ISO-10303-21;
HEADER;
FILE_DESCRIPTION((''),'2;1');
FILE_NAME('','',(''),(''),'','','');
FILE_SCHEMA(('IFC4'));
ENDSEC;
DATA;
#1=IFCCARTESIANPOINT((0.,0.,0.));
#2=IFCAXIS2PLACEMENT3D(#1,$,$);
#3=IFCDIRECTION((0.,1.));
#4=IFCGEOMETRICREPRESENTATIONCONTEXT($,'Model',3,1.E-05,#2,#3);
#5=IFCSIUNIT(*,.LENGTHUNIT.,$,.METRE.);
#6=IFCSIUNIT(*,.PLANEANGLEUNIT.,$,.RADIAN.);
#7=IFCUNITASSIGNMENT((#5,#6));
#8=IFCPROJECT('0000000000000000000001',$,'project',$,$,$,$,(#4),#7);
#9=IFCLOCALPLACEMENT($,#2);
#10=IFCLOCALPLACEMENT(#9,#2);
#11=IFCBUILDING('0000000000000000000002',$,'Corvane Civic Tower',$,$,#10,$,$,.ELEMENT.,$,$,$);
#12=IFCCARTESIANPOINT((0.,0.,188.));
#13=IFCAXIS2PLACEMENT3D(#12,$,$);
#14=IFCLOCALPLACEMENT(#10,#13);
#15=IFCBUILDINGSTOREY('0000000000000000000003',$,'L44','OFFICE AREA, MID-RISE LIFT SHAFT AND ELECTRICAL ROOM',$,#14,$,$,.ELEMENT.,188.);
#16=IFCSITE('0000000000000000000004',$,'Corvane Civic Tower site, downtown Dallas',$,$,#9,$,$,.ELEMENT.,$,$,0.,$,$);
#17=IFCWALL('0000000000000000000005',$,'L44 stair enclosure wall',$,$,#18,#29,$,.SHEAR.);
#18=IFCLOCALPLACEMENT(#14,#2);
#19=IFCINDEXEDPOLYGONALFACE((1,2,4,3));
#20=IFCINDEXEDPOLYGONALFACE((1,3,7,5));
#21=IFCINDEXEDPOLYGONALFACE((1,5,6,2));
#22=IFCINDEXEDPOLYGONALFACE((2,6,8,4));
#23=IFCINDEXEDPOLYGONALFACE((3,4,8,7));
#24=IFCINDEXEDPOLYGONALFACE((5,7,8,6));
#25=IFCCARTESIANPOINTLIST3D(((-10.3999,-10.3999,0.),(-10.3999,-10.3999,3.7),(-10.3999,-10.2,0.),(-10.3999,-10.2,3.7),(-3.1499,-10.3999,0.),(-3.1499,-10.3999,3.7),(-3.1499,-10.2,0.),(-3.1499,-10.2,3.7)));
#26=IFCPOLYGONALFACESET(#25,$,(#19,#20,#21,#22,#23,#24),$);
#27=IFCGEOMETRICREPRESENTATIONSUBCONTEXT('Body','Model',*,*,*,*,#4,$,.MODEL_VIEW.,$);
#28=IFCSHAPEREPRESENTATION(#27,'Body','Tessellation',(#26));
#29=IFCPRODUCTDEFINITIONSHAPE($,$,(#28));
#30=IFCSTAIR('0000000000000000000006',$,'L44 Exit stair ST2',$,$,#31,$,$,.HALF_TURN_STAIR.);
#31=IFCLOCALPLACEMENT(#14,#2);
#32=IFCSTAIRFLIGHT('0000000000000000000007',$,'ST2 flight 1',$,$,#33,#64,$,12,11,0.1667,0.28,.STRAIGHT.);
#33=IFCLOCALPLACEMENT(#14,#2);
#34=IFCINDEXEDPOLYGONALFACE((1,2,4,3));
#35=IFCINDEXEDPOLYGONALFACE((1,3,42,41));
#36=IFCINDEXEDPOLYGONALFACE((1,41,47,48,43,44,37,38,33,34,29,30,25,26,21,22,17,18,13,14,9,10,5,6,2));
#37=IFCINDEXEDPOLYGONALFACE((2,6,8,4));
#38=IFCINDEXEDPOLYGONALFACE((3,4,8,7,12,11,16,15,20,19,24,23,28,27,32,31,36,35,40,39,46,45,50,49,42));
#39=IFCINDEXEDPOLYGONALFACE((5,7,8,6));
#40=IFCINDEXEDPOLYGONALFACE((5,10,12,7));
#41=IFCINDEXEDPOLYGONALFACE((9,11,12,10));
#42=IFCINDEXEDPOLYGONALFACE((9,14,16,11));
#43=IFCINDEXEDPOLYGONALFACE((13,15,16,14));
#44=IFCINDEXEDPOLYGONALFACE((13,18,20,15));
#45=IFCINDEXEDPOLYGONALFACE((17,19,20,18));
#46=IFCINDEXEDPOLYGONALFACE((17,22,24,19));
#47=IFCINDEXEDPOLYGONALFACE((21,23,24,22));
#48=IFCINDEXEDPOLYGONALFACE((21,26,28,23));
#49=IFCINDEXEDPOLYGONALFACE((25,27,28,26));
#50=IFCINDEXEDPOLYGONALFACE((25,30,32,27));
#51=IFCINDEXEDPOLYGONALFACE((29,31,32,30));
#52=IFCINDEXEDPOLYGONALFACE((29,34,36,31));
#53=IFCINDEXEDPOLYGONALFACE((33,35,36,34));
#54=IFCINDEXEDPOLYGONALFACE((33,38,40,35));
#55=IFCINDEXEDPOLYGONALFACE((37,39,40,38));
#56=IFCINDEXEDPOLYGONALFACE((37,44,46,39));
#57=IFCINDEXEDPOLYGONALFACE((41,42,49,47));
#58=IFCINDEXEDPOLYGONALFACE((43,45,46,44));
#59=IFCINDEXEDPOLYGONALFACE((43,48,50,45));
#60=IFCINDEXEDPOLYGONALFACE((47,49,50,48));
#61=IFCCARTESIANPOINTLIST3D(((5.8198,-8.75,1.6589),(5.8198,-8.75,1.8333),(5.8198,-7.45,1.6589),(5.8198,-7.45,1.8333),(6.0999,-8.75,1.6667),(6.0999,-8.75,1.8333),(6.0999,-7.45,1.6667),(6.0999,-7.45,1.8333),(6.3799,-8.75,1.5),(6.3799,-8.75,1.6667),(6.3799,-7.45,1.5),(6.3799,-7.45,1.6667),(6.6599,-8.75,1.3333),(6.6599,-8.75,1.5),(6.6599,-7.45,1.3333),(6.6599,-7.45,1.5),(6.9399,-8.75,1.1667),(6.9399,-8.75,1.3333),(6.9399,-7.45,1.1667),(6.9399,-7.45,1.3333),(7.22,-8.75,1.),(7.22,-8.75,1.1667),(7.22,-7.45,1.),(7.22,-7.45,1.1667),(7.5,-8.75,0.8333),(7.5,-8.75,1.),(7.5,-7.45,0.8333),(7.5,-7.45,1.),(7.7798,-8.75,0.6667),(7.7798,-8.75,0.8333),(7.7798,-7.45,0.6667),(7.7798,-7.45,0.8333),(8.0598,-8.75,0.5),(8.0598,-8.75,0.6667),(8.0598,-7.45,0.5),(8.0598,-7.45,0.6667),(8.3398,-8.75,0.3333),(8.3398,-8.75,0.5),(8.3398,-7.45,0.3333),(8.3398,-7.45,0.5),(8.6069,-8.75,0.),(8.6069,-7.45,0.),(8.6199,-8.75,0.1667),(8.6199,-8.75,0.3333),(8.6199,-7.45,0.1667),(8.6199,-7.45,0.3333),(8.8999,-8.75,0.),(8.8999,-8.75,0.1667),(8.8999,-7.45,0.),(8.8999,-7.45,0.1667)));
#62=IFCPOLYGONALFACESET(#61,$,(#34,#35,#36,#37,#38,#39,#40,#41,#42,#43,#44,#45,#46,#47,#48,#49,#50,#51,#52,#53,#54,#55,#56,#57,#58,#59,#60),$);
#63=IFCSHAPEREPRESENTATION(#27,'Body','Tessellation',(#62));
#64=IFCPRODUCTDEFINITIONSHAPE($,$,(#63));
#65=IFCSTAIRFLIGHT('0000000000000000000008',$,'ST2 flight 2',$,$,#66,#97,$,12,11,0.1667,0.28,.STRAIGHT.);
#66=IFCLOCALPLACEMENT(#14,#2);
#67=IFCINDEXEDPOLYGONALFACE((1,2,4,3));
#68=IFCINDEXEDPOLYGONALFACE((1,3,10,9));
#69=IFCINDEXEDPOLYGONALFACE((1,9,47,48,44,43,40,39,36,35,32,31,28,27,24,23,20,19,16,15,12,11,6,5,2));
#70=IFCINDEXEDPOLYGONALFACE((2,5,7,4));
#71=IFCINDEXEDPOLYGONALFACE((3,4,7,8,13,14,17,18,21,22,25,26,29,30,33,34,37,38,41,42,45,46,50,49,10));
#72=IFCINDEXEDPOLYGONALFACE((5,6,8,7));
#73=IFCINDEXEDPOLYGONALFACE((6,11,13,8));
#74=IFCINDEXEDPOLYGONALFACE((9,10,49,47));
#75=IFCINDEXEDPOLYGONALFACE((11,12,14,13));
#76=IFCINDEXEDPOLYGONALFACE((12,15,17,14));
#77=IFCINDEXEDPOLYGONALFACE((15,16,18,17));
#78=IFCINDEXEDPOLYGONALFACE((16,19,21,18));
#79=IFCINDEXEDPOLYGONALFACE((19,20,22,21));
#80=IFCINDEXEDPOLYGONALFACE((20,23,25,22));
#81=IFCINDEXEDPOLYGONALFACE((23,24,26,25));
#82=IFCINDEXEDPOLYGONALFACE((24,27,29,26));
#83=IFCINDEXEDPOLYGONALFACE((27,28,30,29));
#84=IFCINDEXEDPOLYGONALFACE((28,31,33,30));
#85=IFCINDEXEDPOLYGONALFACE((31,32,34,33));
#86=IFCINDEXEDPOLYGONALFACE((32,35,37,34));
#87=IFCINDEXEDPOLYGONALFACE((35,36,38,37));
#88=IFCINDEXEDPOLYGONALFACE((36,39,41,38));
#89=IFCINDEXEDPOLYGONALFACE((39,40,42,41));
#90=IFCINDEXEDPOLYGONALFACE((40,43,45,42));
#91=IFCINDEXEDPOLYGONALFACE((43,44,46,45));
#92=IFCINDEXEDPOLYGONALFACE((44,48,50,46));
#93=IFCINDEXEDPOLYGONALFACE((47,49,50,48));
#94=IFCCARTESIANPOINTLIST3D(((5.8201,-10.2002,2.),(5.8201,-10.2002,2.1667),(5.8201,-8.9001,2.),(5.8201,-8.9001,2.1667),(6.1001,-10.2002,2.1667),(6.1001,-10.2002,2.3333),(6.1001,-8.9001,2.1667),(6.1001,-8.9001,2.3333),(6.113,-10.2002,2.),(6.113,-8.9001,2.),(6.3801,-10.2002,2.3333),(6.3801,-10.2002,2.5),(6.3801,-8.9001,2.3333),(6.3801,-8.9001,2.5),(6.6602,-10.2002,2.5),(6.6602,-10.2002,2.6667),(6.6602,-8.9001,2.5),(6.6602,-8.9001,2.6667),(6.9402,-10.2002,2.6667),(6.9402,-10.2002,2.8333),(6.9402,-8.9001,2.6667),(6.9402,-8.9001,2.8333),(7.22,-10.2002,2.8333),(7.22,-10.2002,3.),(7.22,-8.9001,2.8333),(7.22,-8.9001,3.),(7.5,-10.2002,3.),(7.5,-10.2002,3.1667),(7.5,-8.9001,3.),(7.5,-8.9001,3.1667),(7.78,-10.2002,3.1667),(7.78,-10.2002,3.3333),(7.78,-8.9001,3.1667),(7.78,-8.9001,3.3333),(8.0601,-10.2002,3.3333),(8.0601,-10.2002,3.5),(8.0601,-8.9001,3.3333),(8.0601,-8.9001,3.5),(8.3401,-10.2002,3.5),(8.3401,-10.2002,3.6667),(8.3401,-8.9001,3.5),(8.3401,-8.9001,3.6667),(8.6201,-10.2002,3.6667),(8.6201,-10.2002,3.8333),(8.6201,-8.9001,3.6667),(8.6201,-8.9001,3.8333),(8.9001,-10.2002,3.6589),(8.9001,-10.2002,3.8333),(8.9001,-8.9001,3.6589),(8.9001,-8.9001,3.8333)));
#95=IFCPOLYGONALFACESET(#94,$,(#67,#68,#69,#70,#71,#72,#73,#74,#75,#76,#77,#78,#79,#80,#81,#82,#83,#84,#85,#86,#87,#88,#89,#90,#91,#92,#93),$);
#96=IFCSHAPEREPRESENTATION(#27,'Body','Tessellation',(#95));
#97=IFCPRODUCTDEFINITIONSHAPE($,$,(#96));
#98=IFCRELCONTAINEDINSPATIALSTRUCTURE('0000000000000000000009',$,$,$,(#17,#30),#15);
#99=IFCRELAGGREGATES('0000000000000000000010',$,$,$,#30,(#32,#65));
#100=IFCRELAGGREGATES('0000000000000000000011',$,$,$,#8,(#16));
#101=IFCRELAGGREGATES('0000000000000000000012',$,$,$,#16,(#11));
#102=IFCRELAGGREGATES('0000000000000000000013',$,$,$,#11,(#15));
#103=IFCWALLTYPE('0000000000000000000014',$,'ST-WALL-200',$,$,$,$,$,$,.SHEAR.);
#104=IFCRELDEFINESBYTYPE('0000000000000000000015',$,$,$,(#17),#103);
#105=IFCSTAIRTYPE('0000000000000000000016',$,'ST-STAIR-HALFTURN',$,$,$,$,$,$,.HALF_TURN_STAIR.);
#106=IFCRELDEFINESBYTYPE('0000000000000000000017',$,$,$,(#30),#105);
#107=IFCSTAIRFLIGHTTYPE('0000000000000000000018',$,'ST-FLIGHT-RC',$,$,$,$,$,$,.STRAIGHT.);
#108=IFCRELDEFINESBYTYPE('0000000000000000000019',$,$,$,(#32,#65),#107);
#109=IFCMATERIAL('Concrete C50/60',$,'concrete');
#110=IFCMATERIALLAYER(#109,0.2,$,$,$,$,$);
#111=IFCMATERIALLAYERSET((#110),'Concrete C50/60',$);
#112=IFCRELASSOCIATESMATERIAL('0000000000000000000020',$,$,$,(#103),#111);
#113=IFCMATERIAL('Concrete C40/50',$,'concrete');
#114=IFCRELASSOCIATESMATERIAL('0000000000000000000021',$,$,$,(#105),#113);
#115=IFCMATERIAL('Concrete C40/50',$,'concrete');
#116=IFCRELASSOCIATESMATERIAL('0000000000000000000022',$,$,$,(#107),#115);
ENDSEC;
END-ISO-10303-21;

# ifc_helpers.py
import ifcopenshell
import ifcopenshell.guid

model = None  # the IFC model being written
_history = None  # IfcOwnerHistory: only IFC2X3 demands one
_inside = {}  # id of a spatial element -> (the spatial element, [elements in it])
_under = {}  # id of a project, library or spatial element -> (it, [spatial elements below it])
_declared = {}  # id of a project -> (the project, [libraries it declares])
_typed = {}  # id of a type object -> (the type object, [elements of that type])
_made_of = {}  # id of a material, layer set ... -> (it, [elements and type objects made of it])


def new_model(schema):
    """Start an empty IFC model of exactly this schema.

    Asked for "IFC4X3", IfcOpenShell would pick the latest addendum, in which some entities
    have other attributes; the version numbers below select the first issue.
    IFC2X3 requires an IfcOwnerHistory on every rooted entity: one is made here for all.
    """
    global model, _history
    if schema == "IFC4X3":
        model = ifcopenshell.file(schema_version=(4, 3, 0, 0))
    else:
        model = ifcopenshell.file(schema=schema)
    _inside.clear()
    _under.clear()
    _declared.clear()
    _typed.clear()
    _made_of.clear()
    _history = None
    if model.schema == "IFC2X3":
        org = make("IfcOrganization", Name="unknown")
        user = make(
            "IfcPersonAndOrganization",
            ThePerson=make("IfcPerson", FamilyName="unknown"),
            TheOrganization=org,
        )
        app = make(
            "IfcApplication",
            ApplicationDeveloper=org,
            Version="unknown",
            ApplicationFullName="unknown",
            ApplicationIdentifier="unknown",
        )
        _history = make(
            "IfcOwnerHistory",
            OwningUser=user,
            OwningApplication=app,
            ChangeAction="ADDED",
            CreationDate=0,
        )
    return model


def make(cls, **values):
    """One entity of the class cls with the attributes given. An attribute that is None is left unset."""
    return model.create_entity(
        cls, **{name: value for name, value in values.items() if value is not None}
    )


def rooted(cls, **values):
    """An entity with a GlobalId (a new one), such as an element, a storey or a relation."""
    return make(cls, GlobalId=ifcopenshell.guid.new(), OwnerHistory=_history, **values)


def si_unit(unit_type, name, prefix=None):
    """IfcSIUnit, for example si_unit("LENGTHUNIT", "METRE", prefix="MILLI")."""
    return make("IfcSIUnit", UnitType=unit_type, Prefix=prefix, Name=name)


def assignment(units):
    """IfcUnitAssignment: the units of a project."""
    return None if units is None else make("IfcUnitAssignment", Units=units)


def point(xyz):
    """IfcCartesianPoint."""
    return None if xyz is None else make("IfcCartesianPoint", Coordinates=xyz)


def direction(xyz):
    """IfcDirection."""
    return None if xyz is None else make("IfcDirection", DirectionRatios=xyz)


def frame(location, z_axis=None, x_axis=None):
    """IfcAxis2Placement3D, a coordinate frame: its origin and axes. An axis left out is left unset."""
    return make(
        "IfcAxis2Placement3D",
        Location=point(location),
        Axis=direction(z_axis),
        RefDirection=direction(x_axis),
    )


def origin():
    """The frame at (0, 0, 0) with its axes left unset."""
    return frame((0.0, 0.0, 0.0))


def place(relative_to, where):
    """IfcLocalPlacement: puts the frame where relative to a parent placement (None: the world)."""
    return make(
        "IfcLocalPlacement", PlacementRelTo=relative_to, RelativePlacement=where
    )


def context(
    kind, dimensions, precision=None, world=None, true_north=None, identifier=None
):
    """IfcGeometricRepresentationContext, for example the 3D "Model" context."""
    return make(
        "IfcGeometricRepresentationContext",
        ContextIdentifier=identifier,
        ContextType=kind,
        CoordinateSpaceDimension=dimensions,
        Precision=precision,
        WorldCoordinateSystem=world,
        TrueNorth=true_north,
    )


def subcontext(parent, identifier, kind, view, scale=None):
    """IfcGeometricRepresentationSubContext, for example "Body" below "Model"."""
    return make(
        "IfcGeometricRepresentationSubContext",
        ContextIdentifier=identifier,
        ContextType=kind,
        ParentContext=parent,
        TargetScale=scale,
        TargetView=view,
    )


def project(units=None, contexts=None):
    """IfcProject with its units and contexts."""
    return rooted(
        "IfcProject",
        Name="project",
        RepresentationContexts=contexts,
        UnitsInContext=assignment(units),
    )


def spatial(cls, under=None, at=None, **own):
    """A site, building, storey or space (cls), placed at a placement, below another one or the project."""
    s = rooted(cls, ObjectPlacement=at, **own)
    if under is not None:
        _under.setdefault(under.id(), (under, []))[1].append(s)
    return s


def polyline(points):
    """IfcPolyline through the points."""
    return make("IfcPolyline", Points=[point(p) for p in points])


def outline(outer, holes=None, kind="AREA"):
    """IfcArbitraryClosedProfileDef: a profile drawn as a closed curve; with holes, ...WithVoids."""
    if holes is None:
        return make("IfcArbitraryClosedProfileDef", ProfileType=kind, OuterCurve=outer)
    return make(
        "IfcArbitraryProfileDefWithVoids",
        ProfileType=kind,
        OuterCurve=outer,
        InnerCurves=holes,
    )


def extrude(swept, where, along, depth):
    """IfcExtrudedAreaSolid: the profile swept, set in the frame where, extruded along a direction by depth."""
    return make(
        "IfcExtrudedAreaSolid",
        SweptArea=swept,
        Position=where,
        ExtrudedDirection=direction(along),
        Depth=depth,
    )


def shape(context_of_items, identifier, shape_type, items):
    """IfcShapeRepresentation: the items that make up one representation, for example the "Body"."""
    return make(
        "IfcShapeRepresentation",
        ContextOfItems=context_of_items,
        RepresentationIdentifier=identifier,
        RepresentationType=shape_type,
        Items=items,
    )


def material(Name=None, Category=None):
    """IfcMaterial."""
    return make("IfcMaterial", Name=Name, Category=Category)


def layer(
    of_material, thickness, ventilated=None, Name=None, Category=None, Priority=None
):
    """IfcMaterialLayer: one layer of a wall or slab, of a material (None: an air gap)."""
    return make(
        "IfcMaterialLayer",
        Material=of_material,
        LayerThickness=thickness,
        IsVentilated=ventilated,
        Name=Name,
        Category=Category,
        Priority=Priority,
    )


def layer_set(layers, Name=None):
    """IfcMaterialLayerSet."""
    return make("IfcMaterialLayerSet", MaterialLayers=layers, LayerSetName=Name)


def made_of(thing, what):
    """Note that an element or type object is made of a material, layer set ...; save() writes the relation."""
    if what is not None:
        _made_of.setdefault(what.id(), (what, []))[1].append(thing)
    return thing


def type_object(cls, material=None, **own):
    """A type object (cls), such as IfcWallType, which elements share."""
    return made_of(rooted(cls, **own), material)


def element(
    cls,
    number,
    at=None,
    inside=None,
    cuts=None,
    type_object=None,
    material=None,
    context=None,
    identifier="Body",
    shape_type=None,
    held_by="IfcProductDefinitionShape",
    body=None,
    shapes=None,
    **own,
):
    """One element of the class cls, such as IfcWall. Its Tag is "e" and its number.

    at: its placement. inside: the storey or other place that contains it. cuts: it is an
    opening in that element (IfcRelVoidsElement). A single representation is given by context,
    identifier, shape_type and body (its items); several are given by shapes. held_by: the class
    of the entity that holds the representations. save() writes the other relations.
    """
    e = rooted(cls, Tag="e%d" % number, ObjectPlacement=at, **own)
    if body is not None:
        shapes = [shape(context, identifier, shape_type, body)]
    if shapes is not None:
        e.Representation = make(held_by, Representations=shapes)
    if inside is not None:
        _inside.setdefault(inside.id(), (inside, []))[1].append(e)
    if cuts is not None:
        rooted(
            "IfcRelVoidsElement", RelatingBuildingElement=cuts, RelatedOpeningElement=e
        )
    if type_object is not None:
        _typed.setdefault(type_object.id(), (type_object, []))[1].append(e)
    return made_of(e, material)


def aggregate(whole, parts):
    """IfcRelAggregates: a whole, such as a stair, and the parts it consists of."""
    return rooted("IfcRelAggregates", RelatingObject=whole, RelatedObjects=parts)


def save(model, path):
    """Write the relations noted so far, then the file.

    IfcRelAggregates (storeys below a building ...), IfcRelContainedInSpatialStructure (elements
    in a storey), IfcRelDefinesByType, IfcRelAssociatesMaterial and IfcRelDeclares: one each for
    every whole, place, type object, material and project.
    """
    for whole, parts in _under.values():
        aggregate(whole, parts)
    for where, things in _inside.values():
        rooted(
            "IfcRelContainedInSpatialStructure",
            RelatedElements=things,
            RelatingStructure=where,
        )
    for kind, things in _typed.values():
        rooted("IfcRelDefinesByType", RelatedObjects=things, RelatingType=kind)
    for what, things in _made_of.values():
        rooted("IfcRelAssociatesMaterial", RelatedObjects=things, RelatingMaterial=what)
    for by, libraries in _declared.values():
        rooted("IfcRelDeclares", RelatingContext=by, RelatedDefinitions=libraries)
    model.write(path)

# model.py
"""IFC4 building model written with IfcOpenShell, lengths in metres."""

from ifc_helpers import new_model, si_unit, direction, frame, origin, place, context, subcontext, project, spatial, polyline, outline, extrude, material, layer, layer_set, type_object, element, aggregate, save


model = new_model("IFC4")

# Units and contexts
model_context = context("Model", 3, precision=1e-05, world=origin(), true_north=direction((0.0, 1.0)))
body_context = subcontext(model_context, "Body", "Model", "MODEL_VIEW")
ifc_project = project(units=[si_unit("LENGTHUNIT", "METRE"), si_unit("PLANEANGLEUNIT", "RADIAN")], contexts=[model_context])

# Site, building, storey
site_placement = place(None, origin())
site = spatial("IfcSite", under=ifc_project, at=site_placement, Name="Corvane Civic Tower site, downtown Dallas", CompositionType="ELEMENT", RefElevation=0.0)
building_placement = place(site_placement, origin())
building = spatial("IfcBuilding", under=site, at=building_placement, Name="Corvane Civic Tower", CompositionType="ELEMENT")
storey_placement = place(building_placement, frame((0.0, 0.0, 188.0)))
storey = spatial("IfcBuildingStorey", under=building, at=storey_placement, Name="L44", Description="OFFICE AREA, MID-RISE LIFT SHAFT AND ELECTRICAL ROOM", CompositionType="ELEMENT", Elevation=188.0)

# Shared definitions
ifc_material_1 = material(Name="Concrete C50/60", Category="concrete")
ifc_layer_1 = layer(ifc_material_1, 0.2)
ifc_layer_set_1 = layer_set([ifc_layer_1], Name="Concrete C50/60")
wall_type_1 = type_object("IfcWallType", Name="ST-WALL-200", PredefinedType="SHEAR", material=ifc_layer_set_1)

# Wall
wall_1_placement = place(storey_placement, origin())
element("IfcWall", 1, at=wall_1_placement, inside=storey, type_object=wall_type_1, Name="L44 stair enclosure wall", PredefinedType="SHEAR", context=body_context, shape_type="SweptSolid", body=[
    extrude(outline(polyline([(-3.1499, -10.2), (-3.1499, -10.3999), (-10.3999, -10.3999), (-10.3999, -10.2), (-3.1499, -10.2)])), origin(), (0.0, 0.0, 1.0), 3.7),
])

# Stair, stair flights
ifc_material_2 = material(Name="Concrete C40/50", Category="concrete")
stair_type = type_object("IfcStairType", Name="ST-STAIR-HALFTURN", PredefinedType="HALF_TURN_STAIR", material=ifc_material_2)
stair_placement = place(storey_placement, origin())
stair = element("IfcStair", 2, at=stair_placement, inside=storey, type_object=stair_type, Name="L44 Exit stair ST2", PredefinedType="HALF_TURN_STAIR")
ifc_material_3 = material(Name="Concrete C40/50", Category="concrete")
stair_flight_type = type_object("IfcStairFlightType", Name="ST-FLIGHT-RC", PredefinedType="STRAIGHT", material=ifc_material_3)
stair_flight_1_placement = place(storey_placement, frame((8.8999, -8.1001, 0.0), z_axis=(0.0, 0.0, 1.0), x_axis=(-1.0, 0.0, 0.0)))
stair_flight_1 = element("IfcStairFlight", 3, at=stair_flight_1_placement, type_object=stair_flight_type, Name="ST2 flight 1", NumberOfRisers=12, NumberOfTreads=11, PredefinedType="STRAIGHT", RiserHeight=0.1667, TreadLength=0.28, context=body_context, shape_type="SweptSolid", body=[
    extrude(outline(polyline([(0.0, 0.0), (0.0, 0.1667), (0.28, 0.1667), (0.28, 0.3333), (0.5601, 0.3333), (0.5601, 0.5), (0.8401, 0.5), (0.8401, 0.6667), (1.1201, 0.6667), (1.1201, 0.8333), (1.3999, 0.8333), (1.3999, 1.0), (1.6799, 1.0), (1.6799, 1.1667), (1.96, 1.1667), (1.96, 1.3333), (2.24, 1.3333), (2.24, 1.5), (2.52, 1.5), (2.52, 1.6667), (2.8, 1.6667), (2.8, 1.8333), (3.0801, 1.8333), (3.0801, 2.0), (3.0801, 1.6589), (0.293, 0.0), (0.0, 0.0)])), frame((0.0, 0.6499, 0.0), z_axis=(0.0, -1.0, 0.0), x_axis=(1.0, 0.0, 0.0)), (0.0, 0.0, 1.0), 1.3),
])
stair_flight_2_placement = place(storey_placement, frame((5.8201, -9.55, 2.0), z_axis=(0.0, 0.0, 1.0), x_axis=(1.0, 0.0, 0.0)))
stair_flight_2 = element("IfcStairFlight", 4, at=stair_flight_2_placement, type_object=stair_flight_type, Name="ST2 flight 2", NumberOfRisers=12, NumberOfTreads=11, PredefinedType="STRAIGHT", RiserHeight=0.1667, TreadLength=0.28, context=body_context, shape_type="SweptSolid", body=[
    extrude(outline(polyline([(0.0, 0.0), (0.0, 0.1667), (0.28, 0.1667), (0.28, 0.3333), (0.5601, 0.3333), (0.5601, 0.5), (0.8401, 0.5), (0.8401, 0.6667), (1.1201, 0.6667), (1.1201, 0.8333), (1.3999, 0.8333), (1.3999, 1.0), (1.6799, 1.0), (1.6799, 1.1667), (1.96, 1.1667), (1.96, 1.3333), (2.24, 1.3333), (2.24, 1.5), (2.52, 1.5), (2.52, 1.6667), (2.8, 1.6667), (2.8, 1.8333), (3.0801, 1.8333), (3.0801, 2.0), (3.0801, 1.6589), (0.293, 0.0), (0.0, 0.0)])), frame((0.0, 0.6499, 0.0), z_axis=(0.0, -1.0, 0.0), x_axis=(1.0, 0.0, 0.0)), (0.0, 0.0, 1.0), 1.3),
])
aggregate(stair, [stair_flight_1, stair_flight_2])

save(model, "model.ifc")
